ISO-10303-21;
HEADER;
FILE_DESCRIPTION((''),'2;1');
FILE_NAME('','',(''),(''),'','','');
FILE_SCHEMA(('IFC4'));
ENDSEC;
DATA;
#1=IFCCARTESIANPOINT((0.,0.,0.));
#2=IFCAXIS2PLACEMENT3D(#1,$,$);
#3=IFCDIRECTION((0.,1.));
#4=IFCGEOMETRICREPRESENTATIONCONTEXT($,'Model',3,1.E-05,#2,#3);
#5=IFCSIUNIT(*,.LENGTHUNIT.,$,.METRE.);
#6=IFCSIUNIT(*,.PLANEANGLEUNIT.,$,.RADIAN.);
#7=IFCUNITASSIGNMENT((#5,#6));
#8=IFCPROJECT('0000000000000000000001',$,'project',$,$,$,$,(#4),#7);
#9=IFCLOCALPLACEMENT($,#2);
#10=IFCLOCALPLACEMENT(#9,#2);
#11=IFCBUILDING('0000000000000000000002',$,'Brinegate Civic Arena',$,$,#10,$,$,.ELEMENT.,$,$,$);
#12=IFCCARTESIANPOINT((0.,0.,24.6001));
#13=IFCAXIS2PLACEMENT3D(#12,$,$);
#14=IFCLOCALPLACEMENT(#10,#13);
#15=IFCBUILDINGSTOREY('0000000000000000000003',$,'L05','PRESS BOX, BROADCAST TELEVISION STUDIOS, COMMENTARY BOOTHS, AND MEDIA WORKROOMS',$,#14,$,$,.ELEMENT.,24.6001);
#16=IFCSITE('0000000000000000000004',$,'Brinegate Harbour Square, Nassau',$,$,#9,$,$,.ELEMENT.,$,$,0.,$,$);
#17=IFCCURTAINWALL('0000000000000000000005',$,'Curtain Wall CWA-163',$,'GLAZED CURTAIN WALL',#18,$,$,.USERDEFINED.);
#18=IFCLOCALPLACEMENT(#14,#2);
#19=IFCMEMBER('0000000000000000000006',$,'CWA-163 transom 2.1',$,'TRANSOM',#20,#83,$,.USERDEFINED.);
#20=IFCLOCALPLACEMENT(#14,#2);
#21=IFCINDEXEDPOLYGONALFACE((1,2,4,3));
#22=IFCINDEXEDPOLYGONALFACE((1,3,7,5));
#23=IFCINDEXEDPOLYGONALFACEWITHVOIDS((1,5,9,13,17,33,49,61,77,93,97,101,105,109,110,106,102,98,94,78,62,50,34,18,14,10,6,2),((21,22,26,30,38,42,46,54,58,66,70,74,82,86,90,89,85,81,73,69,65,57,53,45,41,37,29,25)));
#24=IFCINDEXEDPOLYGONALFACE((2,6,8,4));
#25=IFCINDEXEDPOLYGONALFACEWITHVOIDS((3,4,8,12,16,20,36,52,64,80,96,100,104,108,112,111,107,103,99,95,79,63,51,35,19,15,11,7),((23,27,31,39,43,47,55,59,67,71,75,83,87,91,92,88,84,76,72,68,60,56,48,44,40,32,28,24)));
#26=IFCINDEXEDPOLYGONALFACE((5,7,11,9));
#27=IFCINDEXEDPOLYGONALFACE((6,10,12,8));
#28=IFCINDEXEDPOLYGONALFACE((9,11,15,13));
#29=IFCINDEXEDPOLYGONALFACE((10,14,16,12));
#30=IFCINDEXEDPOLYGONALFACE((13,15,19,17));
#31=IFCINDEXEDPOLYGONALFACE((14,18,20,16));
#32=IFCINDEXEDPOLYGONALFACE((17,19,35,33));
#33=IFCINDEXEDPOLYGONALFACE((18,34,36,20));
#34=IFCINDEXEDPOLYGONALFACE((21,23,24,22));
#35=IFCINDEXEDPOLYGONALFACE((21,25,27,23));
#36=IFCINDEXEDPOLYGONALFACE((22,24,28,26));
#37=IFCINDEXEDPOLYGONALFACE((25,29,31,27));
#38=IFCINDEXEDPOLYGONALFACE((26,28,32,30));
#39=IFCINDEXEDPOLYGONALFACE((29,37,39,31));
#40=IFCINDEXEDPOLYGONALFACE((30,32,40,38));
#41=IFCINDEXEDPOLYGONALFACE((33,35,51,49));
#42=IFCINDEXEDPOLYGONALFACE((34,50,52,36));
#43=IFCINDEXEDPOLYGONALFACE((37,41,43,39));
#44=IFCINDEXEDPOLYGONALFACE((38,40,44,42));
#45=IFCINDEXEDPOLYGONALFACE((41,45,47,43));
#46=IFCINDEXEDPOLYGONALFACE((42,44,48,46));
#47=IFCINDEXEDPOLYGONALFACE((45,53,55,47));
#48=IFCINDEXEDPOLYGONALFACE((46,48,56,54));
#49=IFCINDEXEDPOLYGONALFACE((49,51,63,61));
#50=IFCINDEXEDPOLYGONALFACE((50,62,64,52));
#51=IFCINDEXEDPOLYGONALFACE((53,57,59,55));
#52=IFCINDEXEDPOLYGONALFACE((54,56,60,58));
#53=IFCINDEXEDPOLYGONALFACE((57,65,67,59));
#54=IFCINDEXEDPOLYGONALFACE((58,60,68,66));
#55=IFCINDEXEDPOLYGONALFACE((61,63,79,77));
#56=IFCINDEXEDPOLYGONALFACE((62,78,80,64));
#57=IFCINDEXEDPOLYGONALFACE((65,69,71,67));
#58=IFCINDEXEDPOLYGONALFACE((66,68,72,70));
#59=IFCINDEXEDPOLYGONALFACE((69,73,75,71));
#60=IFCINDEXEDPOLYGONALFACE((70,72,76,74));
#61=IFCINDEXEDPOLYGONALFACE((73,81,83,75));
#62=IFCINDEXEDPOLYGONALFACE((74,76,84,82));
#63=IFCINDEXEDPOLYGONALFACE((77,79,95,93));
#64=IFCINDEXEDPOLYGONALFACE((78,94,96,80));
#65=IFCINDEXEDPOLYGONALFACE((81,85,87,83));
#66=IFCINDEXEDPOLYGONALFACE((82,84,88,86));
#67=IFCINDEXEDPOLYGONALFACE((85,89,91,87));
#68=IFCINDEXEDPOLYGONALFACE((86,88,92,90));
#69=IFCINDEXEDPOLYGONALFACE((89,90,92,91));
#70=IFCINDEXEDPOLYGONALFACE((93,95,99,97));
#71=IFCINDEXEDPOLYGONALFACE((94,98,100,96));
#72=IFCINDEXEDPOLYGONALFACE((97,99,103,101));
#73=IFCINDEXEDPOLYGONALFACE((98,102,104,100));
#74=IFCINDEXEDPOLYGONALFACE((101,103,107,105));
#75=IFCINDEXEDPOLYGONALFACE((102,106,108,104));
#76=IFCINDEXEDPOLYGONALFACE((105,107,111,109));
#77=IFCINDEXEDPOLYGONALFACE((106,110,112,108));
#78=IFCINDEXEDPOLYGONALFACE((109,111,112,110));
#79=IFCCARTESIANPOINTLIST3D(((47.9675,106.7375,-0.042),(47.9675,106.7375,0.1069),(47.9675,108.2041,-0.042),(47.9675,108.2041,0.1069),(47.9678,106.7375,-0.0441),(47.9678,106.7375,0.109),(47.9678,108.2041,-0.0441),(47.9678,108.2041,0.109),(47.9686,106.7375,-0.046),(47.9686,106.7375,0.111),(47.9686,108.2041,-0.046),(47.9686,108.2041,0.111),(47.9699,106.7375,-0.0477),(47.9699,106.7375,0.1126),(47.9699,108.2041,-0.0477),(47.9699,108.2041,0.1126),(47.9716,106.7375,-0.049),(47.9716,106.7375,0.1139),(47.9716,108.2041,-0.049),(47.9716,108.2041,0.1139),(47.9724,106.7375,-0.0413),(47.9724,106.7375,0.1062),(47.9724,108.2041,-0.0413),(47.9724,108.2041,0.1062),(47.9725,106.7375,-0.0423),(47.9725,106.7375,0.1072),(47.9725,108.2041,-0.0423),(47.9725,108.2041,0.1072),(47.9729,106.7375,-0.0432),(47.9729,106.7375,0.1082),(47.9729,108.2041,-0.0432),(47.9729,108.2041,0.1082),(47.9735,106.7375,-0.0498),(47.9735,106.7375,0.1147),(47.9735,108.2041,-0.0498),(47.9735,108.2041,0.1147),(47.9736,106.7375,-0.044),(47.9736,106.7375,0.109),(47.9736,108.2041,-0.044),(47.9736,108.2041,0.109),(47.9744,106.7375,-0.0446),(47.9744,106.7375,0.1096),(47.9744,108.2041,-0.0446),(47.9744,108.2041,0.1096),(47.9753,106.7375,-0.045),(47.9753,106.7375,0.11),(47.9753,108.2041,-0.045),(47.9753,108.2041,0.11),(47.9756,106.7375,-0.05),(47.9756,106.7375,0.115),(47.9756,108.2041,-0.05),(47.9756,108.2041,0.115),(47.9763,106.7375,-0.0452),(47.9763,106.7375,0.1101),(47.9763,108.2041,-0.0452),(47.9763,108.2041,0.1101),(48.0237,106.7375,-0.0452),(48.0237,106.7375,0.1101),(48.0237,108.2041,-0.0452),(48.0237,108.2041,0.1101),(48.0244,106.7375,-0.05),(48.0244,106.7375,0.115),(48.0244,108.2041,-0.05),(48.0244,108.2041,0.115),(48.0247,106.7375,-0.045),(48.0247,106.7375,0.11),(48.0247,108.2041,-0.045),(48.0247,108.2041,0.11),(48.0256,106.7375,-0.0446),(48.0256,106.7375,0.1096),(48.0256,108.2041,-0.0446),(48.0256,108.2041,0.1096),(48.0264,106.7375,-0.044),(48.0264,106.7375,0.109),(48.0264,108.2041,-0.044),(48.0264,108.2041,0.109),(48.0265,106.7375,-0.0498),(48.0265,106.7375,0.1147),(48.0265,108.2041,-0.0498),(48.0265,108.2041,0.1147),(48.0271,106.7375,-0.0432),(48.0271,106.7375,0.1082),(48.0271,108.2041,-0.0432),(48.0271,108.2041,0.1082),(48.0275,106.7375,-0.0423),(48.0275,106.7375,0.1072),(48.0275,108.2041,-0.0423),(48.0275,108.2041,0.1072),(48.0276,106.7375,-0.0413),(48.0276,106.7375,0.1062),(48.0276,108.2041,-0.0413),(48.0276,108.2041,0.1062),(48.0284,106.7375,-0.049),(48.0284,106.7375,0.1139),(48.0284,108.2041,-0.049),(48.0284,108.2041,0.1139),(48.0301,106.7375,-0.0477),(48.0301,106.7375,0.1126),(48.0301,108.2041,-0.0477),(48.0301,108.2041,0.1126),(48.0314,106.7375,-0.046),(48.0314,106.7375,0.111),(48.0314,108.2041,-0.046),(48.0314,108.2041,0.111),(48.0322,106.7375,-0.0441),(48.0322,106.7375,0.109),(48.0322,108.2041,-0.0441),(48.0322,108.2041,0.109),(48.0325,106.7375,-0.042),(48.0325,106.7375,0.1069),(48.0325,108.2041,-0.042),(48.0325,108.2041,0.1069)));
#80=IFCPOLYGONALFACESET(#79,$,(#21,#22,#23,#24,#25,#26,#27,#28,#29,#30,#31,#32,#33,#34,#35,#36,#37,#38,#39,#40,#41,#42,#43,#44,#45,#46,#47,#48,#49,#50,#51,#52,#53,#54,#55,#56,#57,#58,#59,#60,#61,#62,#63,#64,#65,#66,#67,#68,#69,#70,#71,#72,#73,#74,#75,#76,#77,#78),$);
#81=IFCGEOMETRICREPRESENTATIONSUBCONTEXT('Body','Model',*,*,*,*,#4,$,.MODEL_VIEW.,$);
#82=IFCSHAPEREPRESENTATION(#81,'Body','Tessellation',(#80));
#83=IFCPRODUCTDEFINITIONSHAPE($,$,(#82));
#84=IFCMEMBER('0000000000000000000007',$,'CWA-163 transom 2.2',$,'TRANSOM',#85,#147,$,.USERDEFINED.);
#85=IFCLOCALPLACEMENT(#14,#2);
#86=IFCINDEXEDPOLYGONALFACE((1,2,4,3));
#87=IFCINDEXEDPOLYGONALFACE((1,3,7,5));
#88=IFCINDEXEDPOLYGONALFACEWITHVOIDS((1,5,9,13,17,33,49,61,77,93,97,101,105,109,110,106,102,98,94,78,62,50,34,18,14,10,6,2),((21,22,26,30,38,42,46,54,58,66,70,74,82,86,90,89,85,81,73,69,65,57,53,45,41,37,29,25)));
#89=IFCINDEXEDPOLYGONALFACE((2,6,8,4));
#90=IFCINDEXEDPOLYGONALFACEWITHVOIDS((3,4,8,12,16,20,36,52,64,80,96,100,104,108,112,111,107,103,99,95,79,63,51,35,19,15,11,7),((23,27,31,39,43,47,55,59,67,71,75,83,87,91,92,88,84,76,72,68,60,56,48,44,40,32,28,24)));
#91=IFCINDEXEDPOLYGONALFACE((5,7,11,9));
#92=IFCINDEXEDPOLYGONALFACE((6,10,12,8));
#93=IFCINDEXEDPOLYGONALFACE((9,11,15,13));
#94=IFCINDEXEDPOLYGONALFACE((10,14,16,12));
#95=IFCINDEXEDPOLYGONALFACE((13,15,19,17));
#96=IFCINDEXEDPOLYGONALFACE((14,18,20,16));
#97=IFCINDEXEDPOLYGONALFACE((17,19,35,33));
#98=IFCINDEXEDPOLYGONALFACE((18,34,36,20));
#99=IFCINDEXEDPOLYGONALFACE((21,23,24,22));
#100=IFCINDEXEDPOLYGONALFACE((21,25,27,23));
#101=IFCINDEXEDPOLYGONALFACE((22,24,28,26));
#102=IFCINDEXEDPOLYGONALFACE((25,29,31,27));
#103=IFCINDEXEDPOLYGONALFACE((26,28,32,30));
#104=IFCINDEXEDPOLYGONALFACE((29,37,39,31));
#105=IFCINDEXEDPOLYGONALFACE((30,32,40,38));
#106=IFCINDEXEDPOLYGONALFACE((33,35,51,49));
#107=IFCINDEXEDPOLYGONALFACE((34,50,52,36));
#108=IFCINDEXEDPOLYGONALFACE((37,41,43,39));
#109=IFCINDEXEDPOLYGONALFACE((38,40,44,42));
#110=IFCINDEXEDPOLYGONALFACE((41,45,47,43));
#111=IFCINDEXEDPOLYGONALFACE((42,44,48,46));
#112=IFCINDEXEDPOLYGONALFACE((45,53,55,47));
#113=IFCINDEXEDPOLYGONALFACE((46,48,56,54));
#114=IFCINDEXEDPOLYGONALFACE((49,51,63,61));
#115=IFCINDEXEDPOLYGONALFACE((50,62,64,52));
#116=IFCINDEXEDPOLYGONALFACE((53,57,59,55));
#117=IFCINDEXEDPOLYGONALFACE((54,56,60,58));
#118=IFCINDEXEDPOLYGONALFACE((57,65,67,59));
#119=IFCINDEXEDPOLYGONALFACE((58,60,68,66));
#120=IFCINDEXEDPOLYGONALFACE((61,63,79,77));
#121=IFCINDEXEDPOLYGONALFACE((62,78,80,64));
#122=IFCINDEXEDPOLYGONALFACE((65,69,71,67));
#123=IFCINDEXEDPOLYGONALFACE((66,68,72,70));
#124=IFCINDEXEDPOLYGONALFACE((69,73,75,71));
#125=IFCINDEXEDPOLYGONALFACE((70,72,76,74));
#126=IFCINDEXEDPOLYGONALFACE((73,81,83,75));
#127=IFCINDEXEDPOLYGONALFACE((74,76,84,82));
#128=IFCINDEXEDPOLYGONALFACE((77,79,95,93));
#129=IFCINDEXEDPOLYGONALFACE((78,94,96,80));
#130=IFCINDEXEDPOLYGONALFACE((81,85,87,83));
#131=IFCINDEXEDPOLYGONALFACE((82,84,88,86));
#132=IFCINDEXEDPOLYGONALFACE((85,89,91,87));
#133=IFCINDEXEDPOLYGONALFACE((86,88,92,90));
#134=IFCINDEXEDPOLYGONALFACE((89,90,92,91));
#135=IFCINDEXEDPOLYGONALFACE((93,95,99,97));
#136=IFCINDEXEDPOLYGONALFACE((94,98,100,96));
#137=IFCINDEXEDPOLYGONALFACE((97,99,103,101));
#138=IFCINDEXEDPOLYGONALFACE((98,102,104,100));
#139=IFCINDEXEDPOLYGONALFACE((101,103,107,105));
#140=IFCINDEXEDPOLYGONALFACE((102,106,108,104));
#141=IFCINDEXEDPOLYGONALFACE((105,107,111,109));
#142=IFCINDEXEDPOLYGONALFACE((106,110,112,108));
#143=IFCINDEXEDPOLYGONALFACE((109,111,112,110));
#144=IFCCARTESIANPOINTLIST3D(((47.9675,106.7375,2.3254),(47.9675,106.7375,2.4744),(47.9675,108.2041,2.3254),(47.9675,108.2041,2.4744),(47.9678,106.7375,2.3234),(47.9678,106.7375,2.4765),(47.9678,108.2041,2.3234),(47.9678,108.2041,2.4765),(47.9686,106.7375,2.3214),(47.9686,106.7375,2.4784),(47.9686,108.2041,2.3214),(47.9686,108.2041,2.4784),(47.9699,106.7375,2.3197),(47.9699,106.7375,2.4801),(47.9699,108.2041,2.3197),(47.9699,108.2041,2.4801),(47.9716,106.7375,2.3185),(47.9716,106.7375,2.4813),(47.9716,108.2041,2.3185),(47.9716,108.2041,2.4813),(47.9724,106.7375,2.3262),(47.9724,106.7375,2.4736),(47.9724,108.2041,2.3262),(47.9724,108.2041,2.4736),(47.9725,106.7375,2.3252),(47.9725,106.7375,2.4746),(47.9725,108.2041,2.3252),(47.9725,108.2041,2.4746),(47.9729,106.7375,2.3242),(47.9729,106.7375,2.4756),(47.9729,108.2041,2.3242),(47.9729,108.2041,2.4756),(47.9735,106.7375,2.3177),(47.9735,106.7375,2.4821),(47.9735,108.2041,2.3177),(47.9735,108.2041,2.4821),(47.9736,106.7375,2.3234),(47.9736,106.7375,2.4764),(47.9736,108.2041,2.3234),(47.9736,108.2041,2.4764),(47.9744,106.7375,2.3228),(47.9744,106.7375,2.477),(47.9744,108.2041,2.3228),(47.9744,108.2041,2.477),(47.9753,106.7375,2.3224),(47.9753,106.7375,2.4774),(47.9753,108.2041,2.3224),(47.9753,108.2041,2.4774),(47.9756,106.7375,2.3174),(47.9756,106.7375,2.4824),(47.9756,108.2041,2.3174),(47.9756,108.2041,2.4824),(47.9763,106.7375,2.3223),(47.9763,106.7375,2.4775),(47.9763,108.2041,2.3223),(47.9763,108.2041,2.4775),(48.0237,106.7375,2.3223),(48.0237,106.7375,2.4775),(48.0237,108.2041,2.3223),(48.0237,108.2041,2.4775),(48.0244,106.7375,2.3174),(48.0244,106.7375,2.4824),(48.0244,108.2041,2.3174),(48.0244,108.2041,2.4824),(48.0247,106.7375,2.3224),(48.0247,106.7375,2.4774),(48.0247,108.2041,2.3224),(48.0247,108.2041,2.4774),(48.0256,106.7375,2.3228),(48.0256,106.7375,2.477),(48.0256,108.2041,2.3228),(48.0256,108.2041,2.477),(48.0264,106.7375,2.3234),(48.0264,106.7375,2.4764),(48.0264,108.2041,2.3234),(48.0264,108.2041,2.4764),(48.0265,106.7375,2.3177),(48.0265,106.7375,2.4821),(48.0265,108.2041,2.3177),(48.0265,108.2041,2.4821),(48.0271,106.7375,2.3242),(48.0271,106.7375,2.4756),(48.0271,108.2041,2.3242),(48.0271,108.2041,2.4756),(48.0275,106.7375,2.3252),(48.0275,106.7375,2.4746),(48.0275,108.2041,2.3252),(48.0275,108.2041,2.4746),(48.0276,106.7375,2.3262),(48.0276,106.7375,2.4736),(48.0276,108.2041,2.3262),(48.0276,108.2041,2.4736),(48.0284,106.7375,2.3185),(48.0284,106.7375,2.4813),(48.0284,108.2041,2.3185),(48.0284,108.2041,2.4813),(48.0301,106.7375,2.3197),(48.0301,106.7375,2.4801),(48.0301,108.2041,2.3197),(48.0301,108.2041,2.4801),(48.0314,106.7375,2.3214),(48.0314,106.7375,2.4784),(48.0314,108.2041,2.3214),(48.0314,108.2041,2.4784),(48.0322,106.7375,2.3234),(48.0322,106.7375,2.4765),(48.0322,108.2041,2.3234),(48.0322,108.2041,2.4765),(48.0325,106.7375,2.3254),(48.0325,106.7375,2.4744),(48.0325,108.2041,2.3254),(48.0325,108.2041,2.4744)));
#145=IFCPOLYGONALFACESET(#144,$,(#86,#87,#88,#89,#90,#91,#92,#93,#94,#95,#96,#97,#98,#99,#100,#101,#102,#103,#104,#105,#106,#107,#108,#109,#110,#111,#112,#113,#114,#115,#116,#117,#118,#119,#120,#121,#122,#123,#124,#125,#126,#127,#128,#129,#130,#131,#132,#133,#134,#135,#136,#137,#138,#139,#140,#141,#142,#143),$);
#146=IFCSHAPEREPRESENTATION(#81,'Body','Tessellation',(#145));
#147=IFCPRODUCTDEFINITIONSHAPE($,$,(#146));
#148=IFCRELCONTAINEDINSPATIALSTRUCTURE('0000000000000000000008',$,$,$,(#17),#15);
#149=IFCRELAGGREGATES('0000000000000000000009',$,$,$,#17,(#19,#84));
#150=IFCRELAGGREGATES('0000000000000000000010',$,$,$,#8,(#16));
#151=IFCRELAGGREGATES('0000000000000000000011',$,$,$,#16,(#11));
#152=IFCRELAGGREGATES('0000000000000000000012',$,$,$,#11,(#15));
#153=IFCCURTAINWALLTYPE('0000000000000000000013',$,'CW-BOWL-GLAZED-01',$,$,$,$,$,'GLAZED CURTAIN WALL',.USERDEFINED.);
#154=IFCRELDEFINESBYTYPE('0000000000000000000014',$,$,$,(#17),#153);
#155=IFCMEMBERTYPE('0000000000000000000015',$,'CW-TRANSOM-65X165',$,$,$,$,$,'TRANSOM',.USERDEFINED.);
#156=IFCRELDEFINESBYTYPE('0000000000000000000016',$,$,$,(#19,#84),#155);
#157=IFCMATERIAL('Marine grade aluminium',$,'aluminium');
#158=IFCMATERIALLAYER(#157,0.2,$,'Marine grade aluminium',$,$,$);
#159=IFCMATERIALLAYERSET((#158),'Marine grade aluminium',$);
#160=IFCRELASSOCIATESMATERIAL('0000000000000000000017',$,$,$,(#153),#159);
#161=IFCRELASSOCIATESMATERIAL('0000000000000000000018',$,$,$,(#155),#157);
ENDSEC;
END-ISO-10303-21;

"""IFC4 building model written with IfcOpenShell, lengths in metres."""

from ifc_helpers import new_model, si_unit, direction, frame, origin, origin_2d, place, context, subcontext, project, spatial, hollow_rectangle, extrude, material, layer, layer_set, material_profile, profile_set, type_object, element, aggregate, save


model = new_model("IFC4")

# Units and contexts
model_context = context("Model", 3, precision=1e-05, world=origin(), true_north=direction((0.0, 1.0)))
body_context = subcontext(model_context, "Body", "Model", "MODEL_VIEW")
ifc_project = project(units=[si_unit("LENGTHUNIT", "METRE"), si_unit("PLANEANGLEUNIT", "RADIAN")], contexts=[model_context])

# Site, building, storey
site_placement = place(None, origin())
site = spatial("IfcSite", under=ifc_project, at=site_placement, Name="Brinegate Harbour Square, Nassau", CompositionType="ELEMENT", RefElevation=0.0)
building_placement = place(site_placement, origin())
building = spatial("IfcBuilding", under=site, at=building_placement, Name="Brinegate Civic Arena", CompositionType="ELEMENT")
storey_placement = place(building_placement, frame((0.0, 0.0, 24.6001)))
storey = spatial("IfcBuildingStorey", under=building, at=storey_placement, Name="L05", Description="PRESS BOX, BROADCAST TELEVISION STUDIOS, COMMENTARY BOOTHS, AND MEDIA WORKROOMS", CompositionType="ELEMENT", Elevation=24.6001)

# Curtain wall, members
ifc_material_1 = material(Name="Marine grade aluminium", Category="aluminium")
ifc_layer_1 = layer(ifc_material_1, 0.2, Name="Marine grade aluminium")
ifc_layer_set_1 = layer_set([ifc_layer_1], Name="Marine grade aluminium")
curtain_wall_type = type_object("IfcCurtainWallType", Name="CW-BOWL-GLAZED-01", ElementType="GLAZED CURTAIN WALL", PredefinedType="USERDEFINED", material=ifc_layer_set_1)
curtain_wall_placement = place(storey_placement, origin())
curtain_wall = element("IfcCurtainWall", 1, at=curtain_wall_placement, inside=storey, type_object=curtain_wall_type, Name="Curtain Wall CWA-163", ObjectType="GLAZED CURTAIN WALL", PredefinedType="USERDEFINED")
ifc_material_profile_1 = material_profile(ifc_material_1, hollow_rectangle(XDim=0.0649, YDim=0.165, WallThickness=0.0049, InnerFilletRadius=0.0039, OuterFilletRadius=0.0081, at=origin_2d()), Name="TRN65X165")
ifc_profile_set_1 = profile_set([ifc_material_profile_1], Name="Marine grade aluminium")
member_type_1 = type_object("IfcMemberType", Name="CW-TRANSOM-65X165", ElementType="TRANSOM", PredefinedType="USERDEFINED", material=ifc_profile_set_1)
member_1_placement = place(storey_placement, frame((48.0, 106.7375, 0.0325), z_axis=(0.0, 1.0, 0.0), x_axis=(-1.0, 0.0, 0.0)))
member_1 = element("IfcMember", 2, at=member_1_placement, type_object=member_type_1, Name="CWA-163 transom 2.1", ObjectType="TRANSOM", PredefinedType="USERDEFINED", context=body_context, shape_type="SweptSolid", body=[
    extrude(hollow_rectangle(XDim=0.0649, YDim=0.165, WallThickness=0.0049, InnerFilletRadius=0.0039, OuterFilletRadius=0.0081, at=origin_2d()), origin(), (0.0, 0.0, 1.0), 1.4666),
])
member_2_placement = place(storey_placement, frame((48.0, 106.7375, 2.3999), z_axis=(0.0, 1.0, 0.0), x_axis=(-1.0, 0.0, 0.0)))
member_2 = element("IfcMember", 3, at=member_2_placement, type_object=member_type_1, Name="CWA-163 transom 2.2", ObjectType="TRANSOM", PredefinedType="USERDEFINED", context=body_context, shape_type="SweptSolid", body=[
    extrude(hollow_rectangle(XDim=0.0649, YDim=0.165, WallThickness=0.0049, InnerFilletRadius=0.0039, OuterFilletRadius=0.0081, at=origin_2d()), origin(), (0.0, 0.0, 1.0), 1.4666),
])

aggregate(curtain_wall, [member_1, member_2])

save(model, "model.ifc")
